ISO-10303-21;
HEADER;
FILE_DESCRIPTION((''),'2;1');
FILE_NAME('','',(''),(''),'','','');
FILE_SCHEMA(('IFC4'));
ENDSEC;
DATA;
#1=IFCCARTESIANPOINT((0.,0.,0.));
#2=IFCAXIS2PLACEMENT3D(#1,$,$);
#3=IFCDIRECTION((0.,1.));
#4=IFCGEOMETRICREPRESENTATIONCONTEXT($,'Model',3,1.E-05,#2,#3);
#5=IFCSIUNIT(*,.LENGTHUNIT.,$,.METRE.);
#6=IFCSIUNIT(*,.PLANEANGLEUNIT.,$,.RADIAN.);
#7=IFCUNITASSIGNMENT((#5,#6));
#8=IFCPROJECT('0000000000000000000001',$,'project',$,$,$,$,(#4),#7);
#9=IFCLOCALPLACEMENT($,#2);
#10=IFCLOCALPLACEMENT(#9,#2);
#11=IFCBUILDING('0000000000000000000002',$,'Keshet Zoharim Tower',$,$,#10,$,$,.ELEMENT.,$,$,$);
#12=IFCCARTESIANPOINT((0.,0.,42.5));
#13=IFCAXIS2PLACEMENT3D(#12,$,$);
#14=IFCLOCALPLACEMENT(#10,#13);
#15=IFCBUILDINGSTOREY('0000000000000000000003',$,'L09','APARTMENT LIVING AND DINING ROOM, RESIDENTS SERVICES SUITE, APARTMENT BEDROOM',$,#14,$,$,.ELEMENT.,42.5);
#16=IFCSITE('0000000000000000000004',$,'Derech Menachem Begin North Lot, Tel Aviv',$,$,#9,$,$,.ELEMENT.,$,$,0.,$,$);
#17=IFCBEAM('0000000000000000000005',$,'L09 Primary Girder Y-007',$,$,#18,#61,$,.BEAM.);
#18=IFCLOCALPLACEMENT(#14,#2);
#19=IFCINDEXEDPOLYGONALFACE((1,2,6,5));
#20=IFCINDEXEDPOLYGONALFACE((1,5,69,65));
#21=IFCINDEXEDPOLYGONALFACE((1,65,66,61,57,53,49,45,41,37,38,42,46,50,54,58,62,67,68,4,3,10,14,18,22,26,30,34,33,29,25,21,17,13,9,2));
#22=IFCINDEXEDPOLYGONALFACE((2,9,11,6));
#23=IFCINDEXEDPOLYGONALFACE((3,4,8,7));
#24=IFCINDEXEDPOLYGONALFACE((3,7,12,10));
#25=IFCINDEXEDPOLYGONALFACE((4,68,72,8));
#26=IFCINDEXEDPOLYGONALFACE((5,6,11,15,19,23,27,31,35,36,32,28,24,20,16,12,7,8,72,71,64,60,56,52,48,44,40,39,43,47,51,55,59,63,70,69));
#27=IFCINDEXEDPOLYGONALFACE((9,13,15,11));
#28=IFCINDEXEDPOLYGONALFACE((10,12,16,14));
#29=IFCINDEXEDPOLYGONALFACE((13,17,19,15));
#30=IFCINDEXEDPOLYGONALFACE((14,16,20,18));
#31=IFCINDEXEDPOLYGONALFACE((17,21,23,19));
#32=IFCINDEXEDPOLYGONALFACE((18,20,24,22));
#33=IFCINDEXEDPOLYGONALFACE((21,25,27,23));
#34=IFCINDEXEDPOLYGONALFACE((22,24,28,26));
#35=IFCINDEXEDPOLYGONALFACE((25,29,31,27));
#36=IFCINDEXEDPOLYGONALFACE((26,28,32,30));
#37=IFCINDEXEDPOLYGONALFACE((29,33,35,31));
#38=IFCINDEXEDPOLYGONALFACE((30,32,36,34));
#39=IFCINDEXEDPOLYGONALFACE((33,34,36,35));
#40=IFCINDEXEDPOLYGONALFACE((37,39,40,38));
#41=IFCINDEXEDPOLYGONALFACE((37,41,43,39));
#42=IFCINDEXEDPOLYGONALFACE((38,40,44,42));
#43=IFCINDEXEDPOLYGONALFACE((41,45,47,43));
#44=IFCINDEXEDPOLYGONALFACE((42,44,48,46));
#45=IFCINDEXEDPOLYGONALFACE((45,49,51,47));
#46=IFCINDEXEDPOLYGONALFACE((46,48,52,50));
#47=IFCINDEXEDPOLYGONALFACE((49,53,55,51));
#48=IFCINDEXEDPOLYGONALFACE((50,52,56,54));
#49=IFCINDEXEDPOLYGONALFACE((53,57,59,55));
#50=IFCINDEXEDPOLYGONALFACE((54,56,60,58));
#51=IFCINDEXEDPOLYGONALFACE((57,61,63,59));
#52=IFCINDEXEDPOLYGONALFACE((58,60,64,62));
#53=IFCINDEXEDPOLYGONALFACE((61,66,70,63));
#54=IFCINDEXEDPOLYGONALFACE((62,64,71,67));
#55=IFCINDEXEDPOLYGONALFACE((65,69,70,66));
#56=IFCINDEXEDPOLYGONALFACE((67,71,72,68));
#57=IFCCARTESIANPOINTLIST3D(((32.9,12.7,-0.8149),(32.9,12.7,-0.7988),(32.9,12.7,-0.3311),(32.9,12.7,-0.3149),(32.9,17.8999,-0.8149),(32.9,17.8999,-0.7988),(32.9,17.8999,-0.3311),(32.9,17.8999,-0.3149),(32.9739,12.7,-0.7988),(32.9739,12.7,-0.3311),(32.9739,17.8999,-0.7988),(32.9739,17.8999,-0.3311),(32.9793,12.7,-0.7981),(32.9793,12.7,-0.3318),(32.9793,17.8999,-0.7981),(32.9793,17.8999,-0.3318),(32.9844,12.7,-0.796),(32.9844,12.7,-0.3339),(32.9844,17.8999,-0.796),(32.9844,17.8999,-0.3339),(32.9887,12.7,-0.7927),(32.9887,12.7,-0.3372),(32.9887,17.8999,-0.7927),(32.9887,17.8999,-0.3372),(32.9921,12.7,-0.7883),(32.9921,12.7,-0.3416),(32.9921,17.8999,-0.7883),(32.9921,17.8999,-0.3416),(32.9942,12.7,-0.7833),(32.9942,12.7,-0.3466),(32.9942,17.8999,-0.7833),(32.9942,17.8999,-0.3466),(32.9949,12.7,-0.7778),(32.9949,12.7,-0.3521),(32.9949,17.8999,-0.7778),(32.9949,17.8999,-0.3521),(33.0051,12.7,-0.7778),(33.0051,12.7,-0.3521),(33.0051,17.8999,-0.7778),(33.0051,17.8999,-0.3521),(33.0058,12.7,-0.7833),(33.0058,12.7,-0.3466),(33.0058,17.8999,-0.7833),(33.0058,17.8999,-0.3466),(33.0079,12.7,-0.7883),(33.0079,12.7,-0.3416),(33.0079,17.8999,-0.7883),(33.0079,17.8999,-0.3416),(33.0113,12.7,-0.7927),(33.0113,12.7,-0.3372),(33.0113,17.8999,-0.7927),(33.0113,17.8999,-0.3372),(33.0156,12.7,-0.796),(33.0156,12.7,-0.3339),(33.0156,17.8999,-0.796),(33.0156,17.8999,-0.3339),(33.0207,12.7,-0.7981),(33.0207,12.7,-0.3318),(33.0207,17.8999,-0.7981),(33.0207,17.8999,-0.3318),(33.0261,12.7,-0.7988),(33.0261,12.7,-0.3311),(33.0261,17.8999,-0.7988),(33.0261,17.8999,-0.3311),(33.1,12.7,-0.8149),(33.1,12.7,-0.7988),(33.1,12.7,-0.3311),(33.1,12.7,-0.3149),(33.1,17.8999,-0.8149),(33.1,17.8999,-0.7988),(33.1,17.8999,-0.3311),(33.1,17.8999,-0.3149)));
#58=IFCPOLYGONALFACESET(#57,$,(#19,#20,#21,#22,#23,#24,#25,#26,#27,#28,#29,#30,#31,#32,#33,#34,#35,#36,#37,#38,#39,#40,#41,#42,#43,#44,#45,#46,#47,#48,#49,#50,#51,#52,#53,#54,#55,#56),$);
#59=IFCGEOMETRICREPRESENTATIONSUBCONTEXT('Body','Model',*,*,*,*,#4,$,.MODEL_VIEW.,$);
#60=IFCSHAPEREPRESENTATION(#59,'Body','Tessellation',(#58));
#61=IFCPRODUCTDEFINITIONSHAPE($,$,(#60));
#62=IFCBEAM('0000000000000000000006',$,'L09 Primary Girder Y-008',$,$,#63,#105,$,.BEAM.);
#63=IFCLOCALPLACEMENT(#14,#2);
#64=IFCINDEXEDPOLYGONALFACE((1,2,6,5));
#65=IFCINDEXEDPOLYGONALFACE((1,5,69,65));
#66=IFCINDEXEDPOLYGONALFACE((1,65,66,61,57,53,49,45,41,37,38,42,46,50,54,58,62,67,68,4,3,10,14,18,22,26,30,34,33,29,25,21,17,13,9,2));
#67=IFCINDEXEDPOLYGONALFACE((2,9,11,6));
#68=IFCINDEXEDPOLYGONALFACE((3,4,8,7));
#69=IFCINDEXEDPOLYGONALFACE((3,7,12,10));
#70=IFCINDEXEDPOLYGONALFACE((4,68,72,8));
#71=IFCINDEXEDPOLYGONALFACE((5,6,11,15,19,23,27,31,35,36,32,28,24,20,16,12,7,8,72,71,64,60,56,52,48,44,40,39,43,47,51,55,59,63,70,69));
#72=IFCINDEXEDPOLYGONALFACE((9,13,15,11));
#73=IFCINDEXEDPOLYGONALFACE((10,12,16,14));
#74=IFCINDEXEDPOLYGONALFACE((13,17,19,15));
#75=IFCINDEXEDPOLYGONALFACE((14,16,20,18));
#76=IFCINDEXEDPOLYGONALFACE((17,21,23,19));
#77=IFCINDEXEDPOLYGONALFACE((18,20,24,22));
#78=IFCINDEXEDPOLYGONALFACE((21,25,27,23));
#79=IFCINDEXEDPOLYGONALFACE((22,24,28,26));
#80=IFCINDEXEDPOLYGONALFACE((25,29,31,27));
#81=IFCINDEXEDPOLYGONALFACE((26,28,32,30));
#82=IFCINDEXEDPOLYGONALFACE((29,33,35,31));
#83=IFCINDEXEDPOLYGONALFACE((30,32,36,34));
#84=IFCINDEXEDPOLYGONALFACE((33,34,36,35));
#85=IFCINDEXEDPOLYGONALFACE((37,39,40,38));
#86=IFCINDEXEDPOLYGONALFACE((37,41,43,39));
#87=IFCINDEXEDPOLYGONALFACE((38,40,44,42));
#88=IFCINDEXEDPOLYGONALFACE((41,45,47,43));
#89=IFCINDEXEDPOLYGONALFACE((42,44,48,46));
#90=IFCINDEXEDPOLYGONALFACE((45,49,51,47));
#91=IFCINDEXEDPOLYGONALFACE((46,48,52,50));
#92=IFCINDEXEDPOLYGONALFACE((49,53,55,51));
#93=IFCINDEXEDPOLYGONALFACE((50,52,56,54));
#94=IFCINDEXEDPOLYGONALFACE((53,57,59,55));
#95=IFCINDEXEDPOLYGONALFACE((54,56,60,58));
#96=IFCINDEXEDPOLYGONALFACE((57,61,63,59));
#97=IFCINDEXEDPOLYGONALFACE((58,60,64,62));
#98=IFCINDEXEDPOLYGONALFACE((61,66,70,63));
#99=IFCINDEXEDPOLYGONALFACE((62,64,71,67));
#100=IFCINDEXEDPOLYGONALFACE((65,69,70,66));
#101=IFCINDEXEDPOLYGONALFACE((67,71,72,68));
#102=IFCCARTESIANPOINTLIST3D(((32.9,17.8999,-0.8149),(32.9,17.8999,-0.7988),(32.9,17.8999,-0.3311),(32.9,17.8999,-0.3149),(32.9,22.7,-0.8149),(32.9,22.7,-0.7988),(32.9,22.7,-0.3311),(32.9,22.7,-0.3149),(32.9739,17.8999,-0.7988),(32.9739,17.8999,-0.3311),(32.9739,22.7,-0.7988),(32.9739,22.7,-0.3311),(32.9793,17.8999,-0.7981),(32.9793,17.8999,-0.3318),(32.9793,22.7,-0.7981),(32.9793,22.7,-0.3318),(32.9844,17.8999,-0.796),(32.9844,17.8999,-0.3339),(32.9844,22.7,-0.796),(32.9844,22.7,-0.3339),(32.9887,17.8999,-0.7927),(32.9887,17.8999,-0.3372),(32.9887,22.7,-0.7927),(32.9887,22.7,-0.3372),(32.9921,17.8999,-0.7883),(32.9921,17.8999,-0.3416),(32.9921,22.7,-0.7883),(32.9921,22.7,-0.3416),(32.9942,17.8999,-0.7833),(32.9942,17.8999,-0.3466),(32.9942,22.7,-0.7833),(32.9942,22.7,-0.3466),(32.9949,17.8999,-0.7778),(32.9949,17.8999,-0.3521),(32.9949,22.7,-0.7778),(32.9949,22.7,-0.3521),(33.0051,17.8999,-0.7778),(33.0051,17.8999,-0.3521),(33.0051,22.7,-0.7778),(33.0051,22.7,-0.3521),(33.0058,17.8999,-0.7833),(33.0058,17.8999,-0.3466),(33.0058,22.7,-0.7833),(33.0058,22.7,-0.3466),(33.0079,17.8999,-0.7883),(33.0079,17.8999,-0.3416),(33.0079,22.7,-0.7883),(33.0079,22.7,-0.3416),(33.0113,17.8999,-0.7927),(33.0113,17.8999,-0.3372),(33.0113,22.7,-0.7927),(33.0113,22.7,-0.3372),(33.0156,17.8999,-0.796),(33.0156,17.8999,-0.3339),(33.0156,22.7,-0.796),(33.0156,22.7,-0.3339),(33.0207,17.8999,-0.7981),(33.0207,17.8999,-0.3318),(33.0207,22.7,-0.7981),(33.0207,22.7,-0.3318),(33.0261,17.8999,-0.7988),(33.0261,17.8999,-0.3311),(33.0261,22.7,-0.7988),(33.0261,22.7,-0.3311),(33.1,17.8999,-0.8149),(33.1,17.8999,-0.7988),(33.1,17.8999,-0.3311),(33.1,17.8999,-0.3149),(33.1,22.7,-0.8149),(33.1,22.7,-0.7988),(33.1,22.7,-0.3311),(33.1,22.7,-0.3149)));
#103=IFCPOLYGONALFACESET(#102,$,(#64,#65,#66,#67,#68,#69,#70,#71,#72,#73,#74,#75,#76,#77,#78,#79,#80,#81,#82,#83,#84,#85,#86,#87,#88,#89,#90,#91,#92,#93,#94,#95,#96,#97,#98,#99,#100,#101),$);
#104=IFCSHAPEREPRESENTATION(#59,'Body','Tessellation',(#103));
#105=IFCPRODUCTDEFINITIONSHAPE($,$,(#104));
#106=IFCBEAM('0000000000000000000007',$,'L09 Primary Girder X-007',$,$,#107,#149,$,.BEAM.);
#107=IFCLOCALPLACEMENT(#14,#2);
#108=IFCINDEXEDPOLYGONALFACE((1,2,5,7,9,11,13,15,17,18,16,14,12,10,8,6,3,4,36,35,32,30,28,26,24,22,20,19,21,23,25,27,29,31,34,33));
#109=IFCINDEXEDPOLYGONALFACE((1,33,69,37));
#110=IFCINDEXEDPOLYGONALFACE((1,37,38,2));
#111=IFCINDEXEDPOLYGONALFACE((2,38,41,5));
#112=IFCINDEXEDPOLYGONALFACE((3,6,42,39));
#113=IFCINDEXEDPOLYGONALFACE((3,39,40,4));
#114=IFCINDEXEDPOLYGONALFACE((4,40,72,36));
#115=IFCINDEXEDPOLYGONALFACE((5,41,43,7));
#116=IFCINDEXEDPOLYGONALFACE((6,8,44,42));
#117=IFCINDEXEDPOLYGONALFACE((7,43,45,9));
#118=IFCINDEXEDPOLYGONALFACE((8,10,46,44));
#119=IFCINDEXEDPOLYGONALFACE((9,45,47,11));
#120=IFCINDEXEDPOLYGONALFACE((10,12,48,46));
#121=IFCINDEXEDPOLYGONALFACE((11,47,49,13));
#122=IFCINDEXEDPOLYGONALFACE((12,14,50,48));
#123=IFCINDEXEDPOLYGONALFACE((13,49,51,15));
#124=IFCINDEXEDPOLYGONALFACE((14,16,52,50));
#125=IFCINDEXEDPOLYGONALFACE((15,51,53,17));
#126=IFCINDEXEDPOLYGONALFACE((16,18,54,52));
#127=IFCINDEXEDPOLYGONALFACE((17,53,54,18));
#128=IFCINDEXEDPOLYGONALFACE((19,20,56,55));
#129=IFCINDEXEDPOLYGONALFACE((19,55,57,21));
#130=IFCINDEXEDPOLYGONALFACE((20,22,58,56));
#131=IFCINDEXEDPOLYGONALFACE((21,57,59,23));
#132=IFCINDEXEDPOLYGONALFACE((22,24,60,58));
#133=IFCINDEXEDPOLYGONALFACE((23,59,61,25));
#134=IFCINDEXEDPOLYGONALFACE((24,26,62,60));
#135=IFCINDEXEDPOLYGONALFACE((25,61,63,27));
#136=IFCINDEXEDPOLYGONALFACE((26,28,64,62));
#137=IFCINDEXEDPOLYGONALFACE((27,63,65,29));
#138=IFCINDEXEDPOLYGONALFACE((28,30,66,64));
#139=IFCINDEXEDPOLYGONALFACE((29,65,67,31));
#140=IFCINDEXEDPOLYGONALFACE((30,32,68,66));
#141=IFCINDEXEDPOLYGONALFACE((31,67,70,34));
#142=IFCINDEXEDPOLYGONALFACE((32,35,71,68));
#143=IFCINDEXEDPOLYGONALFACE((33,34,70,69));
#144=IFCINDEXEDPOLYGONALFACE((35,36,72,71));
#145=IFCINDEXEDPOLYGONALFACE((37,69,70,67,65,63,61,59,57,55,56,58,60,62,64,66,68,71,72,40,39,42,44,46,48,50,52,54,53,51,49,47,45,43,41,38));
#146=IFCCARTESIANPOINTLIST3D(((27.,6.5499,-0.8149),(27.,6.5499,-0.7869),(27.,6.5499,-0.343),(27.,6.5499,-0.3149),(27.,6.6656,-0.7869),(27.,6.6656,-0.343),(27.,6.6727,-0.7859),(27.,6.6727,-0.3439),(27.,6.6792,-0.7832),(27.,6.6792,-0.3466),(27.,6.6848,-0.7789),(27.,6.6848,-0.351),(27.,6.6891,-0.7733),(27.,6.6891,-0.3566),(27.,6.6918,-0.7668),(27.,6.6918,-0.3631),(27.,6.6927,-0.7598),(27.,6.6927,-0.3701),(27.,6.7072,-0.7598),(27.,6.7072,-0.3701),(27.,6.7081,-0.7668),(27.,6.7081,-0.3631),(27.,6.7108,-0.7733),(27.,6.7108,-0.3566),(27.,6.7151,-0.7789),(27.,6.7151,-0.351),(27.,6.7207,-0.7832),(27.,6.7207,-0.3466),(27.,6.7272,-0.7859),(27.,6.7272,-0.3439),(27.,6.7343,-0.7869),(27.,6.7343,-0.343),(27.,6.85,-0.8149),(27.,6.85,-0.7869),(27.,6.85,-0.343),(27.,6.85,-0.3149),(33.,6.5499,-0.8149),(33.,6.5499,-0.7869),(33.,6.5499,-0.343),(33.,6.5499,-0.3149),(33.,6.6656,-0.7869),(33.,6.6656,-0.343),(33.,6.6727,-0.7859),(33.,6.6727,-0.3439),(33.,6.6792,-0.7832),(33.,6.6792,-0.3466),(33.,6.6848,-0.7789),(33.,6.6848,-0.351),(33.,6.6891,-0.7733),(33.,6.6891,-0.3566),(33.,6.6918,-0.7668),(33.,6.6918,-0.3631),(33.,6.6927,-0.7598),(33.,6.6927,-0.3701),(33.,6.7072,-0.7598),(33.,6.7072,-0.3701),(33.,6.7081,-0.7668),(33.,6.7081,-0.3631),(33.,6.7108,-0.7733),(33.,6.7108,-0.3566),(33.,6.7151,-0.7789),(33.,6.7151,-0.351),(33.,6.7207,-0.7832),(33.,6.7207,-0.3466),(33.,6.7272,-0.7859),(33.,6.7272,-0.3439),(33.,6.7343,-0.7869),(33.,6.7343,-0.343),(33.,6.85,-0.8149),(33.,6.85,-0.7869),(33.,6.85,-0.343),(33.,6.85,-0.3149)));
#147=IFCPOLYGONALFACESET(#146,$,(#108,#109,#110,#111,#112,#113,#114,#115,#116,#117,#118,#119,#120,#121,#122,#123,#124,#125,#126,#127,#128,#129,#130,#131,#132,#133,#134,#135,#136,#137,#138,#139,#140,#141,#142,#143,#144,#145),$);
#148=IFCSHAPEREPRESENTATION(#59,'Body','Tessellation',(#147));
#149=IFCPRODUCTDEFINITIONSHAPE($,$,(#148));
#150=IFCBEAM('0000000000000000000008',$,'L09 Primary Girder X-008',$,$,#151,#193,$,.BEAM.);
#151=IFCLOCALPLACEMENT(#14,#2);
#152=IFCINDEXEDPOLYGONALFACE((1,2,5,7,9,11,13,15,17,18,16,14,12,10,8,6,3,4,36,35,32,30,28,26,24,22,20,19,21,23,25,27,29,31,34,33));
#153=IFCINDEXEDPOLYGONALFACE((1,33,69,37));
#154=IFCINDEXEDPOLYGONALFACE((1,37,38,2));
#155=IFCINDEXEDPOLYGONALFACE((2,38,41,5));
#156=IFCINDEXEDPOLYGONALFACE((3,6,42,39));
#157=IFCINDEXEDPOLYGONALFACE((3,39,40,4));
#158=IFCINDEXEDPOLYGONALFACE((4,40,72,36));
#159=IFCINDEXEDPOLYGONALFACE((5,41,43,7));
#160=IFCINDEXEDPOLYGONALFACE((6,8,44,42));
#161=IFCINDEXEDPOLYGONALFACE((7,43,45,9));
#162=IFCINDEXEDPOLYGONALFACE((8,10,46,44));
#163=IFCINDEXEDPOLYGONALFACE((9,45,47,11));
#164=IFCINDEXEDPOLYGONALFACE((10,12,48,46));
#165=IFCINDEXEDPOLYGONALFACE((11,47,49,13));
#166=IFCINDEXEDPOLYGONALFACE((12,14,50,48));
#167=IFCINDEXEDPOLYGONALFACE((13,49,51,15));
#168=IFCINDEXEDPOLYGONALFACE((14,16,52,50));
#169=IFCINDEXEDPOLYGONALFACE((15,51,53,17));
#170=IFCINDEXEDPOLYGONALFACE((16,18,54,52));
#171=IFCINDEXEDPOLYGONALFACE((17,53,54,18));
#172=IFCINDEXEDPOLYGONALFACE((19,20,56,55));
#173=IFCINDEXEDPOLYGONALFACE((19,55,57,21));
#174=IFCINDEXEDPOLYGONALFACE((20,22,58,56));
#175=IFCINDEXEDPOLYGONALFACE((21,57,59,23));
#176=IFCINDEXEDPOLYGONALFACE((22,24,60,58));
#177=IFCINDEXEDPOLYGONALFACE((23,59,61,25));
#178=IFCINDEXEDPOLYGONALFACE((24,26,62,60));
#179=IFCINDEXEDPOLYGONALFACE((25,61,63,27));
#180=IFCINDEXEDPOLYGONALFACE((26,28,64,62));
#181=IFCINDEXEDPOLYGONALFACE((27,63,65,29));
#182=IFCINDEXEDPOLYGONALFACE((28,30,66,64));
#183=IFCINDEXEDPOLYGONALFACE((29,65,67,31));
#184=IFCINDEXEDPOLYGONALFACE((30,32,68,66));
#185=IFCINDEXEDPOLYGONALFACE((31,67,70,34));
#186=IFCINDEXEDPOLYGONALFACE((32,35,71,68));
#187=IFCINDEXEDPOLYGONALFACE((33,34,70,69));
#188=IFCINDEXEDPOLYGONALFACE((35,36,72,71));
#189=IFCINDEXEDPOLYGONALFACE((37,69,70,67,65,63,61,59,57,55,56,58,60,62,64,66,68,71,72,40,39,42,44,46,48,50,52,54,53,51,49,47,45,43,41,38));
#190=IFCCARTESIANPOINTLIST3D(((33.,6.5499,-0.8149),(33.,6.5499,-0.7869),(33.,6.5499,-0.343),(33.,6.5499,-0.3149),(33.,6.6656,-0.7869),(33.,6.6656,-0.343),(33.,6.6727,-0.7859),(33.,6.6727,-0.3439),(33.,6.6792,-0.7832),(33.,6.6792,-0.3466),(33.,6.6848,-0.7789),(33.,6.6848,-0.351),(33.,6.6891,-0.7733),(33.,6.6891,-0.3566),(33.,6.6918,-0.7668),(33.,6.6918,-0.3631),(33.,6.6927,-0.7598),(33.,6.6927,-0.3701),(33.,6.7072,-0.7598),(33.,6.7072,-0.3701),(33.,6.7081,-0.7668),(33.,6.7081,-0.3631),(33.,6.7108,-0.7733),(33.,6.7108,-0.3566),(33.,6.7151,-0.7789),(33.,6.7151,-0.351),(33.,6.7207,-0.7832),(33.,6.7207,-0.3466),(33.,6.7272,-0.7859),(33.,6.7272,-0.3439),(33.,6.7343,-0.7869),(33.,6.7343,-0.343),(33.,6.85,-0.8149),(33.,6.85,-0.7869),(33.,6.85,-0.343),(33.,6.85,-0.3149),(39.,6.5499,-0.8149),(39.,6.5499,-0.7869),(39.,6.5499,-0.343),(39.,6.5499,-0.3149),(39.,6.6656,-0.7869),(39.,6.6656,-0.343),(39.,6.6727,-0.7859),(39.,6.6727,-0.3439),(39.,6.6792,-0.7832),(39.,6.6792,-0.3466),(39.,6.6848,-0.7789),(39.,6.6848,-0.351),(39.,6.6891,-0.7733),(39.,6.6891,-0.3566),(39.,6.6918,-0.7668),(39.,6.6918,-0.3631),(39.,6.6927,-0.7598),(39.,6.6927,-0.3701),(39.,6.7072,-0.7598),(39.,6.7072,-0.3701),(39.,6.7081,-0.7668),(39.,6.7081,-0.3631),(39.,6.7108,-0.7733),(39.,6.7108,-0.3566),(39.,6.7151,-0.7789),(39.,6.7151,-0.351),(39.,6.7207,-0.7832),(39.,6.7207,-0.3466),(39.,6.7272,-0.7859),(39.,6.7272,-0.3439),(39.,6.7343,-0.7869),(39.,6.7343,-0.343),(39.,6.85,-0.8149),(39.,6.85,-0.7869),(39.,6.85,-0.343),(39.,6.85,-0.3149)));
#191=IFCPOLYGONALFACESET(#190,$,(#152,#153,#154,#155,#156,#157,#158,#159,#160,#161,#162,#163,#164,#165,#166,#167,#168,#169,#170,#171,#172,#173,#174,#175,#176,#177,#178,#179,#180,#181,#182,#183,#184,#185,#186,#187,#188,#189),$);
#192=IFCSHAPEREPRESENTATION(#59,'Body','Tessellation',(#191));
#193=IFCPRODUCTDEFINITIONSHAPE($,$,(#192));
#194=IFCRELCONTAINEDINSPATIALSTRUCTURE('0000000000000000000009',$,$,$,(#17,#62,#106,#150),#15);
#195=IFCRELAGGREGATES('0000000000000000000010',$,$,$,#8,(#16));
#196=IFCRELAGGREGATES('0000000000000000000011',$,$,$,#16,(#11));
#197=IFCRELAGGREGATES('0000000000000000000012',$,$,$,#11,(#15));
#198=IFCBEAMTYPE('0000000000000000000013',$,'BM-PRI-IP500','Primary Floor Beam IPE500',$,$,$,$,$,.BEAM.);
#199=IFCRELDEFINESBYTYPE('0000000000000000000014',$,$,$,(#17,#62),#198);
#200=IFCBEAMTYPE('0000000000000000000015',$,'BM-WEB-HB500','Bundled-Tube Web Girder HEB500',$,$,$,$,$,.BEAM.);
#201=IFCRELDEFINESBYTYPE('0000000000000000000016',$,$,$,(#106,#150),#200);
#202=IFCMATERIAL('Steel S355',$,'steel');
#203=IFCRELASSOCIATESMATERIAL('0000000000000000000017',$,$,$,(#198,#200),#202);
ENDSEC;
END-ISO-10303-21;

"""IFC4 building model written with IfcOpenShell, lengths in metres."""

from ifc_helpers import new_model, si_unit, direction, frame, origin, origin_2d, place, context, subcontext, project, spatial, i_section, extrude, material, material_profile, profile_set, type_object, element, save


model = new_model("IFC4")

# Units and contexts
model_context = context("Model", 3, precision=1e-05, world=origin(), true_north=direction((0.0, 1.0)))
body_context = subcontext(model_context, "Body", "Model", "MODEL_VIEW")
ifc_project = project(units=[si_unit("LENGTHUNIT", "METRE"), si_unit("PLANEANGLEUNIT", "RADIAN")], contexts=[model_context])

# Site, building, storey
site_placement = place(None, origin())
site = spatial("IfcSite", under=ifc_project, at=site_placement, Name="Derech Menachem Begin North Lot, Tel Aviv", CompositionType="ELEMENT", RefElevation=0.0)
building_placement = place(site_placement, origin())
building = spatial("IfcBuilding", under=site, at=building_placement, Name="Keshet Zoharim Tower", CompositionType="ELEMENT")
storey_placement = place(building_placement, frame((0.0, 0.0, 42.5)))
storey = spatial("IfcBuildingStorey", under=building, at=storey_placement, Name="L09", Description="APARTMENT LIVING AND DINING ROOM, RESIDENTS SERVICES SUITE, APARTMENT BEDROOM", CompositionType="ELEMENT", Elevation=42.5)

# Beams
ifc_material_1 = material(Name="Steel S355", Category="steel")
ifc_material_profile_1 = material_profile(ifc_material_1, i_section(OverallWidth=0.2, OverallDepth=0.5, WebThickness=0.0103, FlangeThickness=0.0161, FilletRadius=0.021, at=origin_2d()), Name="IPE500")
ifc_profile_set_1 = profile_set([ifc_material_profile_1], Name="Steel S355")
beam_type_1 = type_object("IfcBeamType", Name="BM-PRI-IP500", Description="Primary Floor Beam IPE500", PredefinedType="BEAM", material=ifc_profile_set_1)
beam_1_placement = place(storey_placement, frame((33.0, 12.7, -0.5649), z_axis=(0.0, 1.0, 0.0), x_axis=(-1.0, 0.0, 0.0)))
element("IfcBeam", 1, at=beam_1_placement, inside=storey, type_object=beam_type_1, Name="L09 Primary Girder Y-007", PredefinedType="BEAM", context=body_context, shape_type="SweptSolid", body=[
    extrude(i_section(OverallWidth=0.2, OverallDepth=0.5, WebThickness=0.0103, FlangeThickness=0.0161, FilletRadius=0.021, at=origin_2d()), origin(), (0.0, 0.0, 1.0), 5.2),
])
beam_2_placement = place(storey_placement, frame((33.0, 17.8999, -0.5649), z_axis=(0.0, 1.0, 0.0), x_axis=(-1.0, 0.0, 0.0)))
element("IfcBeam", 2, at=beam_2_placement, inside=storey, type_object=beam_type_1, Name="L09 Primary Girder Y-008", PredefinedType="BEAM", context=body_context, shape_type="SweptSolid", body=[
    extrude(i_section(OverallWidth=0.2, OverallDepth=0.5, WebThickness=0.0103, FlangeThickness=0.0161, FilletRadius=0.021, at=origin_2d()), origin(), (0.0, 0.0, 1.0), 4.8),
])
ifc_material_profile_2 = material_profile(ifc_material_1, i_section(OverallWidth=0.3, OverallDepth=0.5, WebThickness=0.0144, FlangeThickness=0.0281, FilletRadius=0.0271, at=origin_2d()), Name="HEB500")
ifc_profile_set_2 = profile_set([ifc_material_profile_2], Name="Steel S355")
beam_type_2 = type_object("IfcBeamType", Name="BM-WEB-HB500", Description="Bundled-Tube Web Girder HEB500", PredefinedType="BEAM", material=ifc_profile_set_2)
for number, where, z_axis, x_axis, name in (
    (3, (27.0, 6.7, -0.5649), (1.0, 0.0, 0.0), (0.0, 1.0, 0.0), "L09 Primary Girder X-007"),
    (4, (33.0, 6.7, -0.5649), (1.0, 0.0, 0.0), (0.0, 1.0, 0.0), "L09 Primary Girder X-008"),
):
    element("IfcBeam", number, at=place(storey_placement, frame(where, z_axis=z_axis, x_axis=x_axis)), inside=storey, type_object=beam_type_2, Name=name, PredefinedType="BEAM", context=body_context, shape_type="SweptSolid", body=[
        extrude(i_section(OverallWidth=0.3, OverallDepth=0.5, WebThickness=0.0144, FlangeThickness=0.0281, FilletRadius=0.0271, at=origin_2d()), origin(), (0.0, 0.0, 1.0), 6.0),
    ])

save(model, "model.ifc")
